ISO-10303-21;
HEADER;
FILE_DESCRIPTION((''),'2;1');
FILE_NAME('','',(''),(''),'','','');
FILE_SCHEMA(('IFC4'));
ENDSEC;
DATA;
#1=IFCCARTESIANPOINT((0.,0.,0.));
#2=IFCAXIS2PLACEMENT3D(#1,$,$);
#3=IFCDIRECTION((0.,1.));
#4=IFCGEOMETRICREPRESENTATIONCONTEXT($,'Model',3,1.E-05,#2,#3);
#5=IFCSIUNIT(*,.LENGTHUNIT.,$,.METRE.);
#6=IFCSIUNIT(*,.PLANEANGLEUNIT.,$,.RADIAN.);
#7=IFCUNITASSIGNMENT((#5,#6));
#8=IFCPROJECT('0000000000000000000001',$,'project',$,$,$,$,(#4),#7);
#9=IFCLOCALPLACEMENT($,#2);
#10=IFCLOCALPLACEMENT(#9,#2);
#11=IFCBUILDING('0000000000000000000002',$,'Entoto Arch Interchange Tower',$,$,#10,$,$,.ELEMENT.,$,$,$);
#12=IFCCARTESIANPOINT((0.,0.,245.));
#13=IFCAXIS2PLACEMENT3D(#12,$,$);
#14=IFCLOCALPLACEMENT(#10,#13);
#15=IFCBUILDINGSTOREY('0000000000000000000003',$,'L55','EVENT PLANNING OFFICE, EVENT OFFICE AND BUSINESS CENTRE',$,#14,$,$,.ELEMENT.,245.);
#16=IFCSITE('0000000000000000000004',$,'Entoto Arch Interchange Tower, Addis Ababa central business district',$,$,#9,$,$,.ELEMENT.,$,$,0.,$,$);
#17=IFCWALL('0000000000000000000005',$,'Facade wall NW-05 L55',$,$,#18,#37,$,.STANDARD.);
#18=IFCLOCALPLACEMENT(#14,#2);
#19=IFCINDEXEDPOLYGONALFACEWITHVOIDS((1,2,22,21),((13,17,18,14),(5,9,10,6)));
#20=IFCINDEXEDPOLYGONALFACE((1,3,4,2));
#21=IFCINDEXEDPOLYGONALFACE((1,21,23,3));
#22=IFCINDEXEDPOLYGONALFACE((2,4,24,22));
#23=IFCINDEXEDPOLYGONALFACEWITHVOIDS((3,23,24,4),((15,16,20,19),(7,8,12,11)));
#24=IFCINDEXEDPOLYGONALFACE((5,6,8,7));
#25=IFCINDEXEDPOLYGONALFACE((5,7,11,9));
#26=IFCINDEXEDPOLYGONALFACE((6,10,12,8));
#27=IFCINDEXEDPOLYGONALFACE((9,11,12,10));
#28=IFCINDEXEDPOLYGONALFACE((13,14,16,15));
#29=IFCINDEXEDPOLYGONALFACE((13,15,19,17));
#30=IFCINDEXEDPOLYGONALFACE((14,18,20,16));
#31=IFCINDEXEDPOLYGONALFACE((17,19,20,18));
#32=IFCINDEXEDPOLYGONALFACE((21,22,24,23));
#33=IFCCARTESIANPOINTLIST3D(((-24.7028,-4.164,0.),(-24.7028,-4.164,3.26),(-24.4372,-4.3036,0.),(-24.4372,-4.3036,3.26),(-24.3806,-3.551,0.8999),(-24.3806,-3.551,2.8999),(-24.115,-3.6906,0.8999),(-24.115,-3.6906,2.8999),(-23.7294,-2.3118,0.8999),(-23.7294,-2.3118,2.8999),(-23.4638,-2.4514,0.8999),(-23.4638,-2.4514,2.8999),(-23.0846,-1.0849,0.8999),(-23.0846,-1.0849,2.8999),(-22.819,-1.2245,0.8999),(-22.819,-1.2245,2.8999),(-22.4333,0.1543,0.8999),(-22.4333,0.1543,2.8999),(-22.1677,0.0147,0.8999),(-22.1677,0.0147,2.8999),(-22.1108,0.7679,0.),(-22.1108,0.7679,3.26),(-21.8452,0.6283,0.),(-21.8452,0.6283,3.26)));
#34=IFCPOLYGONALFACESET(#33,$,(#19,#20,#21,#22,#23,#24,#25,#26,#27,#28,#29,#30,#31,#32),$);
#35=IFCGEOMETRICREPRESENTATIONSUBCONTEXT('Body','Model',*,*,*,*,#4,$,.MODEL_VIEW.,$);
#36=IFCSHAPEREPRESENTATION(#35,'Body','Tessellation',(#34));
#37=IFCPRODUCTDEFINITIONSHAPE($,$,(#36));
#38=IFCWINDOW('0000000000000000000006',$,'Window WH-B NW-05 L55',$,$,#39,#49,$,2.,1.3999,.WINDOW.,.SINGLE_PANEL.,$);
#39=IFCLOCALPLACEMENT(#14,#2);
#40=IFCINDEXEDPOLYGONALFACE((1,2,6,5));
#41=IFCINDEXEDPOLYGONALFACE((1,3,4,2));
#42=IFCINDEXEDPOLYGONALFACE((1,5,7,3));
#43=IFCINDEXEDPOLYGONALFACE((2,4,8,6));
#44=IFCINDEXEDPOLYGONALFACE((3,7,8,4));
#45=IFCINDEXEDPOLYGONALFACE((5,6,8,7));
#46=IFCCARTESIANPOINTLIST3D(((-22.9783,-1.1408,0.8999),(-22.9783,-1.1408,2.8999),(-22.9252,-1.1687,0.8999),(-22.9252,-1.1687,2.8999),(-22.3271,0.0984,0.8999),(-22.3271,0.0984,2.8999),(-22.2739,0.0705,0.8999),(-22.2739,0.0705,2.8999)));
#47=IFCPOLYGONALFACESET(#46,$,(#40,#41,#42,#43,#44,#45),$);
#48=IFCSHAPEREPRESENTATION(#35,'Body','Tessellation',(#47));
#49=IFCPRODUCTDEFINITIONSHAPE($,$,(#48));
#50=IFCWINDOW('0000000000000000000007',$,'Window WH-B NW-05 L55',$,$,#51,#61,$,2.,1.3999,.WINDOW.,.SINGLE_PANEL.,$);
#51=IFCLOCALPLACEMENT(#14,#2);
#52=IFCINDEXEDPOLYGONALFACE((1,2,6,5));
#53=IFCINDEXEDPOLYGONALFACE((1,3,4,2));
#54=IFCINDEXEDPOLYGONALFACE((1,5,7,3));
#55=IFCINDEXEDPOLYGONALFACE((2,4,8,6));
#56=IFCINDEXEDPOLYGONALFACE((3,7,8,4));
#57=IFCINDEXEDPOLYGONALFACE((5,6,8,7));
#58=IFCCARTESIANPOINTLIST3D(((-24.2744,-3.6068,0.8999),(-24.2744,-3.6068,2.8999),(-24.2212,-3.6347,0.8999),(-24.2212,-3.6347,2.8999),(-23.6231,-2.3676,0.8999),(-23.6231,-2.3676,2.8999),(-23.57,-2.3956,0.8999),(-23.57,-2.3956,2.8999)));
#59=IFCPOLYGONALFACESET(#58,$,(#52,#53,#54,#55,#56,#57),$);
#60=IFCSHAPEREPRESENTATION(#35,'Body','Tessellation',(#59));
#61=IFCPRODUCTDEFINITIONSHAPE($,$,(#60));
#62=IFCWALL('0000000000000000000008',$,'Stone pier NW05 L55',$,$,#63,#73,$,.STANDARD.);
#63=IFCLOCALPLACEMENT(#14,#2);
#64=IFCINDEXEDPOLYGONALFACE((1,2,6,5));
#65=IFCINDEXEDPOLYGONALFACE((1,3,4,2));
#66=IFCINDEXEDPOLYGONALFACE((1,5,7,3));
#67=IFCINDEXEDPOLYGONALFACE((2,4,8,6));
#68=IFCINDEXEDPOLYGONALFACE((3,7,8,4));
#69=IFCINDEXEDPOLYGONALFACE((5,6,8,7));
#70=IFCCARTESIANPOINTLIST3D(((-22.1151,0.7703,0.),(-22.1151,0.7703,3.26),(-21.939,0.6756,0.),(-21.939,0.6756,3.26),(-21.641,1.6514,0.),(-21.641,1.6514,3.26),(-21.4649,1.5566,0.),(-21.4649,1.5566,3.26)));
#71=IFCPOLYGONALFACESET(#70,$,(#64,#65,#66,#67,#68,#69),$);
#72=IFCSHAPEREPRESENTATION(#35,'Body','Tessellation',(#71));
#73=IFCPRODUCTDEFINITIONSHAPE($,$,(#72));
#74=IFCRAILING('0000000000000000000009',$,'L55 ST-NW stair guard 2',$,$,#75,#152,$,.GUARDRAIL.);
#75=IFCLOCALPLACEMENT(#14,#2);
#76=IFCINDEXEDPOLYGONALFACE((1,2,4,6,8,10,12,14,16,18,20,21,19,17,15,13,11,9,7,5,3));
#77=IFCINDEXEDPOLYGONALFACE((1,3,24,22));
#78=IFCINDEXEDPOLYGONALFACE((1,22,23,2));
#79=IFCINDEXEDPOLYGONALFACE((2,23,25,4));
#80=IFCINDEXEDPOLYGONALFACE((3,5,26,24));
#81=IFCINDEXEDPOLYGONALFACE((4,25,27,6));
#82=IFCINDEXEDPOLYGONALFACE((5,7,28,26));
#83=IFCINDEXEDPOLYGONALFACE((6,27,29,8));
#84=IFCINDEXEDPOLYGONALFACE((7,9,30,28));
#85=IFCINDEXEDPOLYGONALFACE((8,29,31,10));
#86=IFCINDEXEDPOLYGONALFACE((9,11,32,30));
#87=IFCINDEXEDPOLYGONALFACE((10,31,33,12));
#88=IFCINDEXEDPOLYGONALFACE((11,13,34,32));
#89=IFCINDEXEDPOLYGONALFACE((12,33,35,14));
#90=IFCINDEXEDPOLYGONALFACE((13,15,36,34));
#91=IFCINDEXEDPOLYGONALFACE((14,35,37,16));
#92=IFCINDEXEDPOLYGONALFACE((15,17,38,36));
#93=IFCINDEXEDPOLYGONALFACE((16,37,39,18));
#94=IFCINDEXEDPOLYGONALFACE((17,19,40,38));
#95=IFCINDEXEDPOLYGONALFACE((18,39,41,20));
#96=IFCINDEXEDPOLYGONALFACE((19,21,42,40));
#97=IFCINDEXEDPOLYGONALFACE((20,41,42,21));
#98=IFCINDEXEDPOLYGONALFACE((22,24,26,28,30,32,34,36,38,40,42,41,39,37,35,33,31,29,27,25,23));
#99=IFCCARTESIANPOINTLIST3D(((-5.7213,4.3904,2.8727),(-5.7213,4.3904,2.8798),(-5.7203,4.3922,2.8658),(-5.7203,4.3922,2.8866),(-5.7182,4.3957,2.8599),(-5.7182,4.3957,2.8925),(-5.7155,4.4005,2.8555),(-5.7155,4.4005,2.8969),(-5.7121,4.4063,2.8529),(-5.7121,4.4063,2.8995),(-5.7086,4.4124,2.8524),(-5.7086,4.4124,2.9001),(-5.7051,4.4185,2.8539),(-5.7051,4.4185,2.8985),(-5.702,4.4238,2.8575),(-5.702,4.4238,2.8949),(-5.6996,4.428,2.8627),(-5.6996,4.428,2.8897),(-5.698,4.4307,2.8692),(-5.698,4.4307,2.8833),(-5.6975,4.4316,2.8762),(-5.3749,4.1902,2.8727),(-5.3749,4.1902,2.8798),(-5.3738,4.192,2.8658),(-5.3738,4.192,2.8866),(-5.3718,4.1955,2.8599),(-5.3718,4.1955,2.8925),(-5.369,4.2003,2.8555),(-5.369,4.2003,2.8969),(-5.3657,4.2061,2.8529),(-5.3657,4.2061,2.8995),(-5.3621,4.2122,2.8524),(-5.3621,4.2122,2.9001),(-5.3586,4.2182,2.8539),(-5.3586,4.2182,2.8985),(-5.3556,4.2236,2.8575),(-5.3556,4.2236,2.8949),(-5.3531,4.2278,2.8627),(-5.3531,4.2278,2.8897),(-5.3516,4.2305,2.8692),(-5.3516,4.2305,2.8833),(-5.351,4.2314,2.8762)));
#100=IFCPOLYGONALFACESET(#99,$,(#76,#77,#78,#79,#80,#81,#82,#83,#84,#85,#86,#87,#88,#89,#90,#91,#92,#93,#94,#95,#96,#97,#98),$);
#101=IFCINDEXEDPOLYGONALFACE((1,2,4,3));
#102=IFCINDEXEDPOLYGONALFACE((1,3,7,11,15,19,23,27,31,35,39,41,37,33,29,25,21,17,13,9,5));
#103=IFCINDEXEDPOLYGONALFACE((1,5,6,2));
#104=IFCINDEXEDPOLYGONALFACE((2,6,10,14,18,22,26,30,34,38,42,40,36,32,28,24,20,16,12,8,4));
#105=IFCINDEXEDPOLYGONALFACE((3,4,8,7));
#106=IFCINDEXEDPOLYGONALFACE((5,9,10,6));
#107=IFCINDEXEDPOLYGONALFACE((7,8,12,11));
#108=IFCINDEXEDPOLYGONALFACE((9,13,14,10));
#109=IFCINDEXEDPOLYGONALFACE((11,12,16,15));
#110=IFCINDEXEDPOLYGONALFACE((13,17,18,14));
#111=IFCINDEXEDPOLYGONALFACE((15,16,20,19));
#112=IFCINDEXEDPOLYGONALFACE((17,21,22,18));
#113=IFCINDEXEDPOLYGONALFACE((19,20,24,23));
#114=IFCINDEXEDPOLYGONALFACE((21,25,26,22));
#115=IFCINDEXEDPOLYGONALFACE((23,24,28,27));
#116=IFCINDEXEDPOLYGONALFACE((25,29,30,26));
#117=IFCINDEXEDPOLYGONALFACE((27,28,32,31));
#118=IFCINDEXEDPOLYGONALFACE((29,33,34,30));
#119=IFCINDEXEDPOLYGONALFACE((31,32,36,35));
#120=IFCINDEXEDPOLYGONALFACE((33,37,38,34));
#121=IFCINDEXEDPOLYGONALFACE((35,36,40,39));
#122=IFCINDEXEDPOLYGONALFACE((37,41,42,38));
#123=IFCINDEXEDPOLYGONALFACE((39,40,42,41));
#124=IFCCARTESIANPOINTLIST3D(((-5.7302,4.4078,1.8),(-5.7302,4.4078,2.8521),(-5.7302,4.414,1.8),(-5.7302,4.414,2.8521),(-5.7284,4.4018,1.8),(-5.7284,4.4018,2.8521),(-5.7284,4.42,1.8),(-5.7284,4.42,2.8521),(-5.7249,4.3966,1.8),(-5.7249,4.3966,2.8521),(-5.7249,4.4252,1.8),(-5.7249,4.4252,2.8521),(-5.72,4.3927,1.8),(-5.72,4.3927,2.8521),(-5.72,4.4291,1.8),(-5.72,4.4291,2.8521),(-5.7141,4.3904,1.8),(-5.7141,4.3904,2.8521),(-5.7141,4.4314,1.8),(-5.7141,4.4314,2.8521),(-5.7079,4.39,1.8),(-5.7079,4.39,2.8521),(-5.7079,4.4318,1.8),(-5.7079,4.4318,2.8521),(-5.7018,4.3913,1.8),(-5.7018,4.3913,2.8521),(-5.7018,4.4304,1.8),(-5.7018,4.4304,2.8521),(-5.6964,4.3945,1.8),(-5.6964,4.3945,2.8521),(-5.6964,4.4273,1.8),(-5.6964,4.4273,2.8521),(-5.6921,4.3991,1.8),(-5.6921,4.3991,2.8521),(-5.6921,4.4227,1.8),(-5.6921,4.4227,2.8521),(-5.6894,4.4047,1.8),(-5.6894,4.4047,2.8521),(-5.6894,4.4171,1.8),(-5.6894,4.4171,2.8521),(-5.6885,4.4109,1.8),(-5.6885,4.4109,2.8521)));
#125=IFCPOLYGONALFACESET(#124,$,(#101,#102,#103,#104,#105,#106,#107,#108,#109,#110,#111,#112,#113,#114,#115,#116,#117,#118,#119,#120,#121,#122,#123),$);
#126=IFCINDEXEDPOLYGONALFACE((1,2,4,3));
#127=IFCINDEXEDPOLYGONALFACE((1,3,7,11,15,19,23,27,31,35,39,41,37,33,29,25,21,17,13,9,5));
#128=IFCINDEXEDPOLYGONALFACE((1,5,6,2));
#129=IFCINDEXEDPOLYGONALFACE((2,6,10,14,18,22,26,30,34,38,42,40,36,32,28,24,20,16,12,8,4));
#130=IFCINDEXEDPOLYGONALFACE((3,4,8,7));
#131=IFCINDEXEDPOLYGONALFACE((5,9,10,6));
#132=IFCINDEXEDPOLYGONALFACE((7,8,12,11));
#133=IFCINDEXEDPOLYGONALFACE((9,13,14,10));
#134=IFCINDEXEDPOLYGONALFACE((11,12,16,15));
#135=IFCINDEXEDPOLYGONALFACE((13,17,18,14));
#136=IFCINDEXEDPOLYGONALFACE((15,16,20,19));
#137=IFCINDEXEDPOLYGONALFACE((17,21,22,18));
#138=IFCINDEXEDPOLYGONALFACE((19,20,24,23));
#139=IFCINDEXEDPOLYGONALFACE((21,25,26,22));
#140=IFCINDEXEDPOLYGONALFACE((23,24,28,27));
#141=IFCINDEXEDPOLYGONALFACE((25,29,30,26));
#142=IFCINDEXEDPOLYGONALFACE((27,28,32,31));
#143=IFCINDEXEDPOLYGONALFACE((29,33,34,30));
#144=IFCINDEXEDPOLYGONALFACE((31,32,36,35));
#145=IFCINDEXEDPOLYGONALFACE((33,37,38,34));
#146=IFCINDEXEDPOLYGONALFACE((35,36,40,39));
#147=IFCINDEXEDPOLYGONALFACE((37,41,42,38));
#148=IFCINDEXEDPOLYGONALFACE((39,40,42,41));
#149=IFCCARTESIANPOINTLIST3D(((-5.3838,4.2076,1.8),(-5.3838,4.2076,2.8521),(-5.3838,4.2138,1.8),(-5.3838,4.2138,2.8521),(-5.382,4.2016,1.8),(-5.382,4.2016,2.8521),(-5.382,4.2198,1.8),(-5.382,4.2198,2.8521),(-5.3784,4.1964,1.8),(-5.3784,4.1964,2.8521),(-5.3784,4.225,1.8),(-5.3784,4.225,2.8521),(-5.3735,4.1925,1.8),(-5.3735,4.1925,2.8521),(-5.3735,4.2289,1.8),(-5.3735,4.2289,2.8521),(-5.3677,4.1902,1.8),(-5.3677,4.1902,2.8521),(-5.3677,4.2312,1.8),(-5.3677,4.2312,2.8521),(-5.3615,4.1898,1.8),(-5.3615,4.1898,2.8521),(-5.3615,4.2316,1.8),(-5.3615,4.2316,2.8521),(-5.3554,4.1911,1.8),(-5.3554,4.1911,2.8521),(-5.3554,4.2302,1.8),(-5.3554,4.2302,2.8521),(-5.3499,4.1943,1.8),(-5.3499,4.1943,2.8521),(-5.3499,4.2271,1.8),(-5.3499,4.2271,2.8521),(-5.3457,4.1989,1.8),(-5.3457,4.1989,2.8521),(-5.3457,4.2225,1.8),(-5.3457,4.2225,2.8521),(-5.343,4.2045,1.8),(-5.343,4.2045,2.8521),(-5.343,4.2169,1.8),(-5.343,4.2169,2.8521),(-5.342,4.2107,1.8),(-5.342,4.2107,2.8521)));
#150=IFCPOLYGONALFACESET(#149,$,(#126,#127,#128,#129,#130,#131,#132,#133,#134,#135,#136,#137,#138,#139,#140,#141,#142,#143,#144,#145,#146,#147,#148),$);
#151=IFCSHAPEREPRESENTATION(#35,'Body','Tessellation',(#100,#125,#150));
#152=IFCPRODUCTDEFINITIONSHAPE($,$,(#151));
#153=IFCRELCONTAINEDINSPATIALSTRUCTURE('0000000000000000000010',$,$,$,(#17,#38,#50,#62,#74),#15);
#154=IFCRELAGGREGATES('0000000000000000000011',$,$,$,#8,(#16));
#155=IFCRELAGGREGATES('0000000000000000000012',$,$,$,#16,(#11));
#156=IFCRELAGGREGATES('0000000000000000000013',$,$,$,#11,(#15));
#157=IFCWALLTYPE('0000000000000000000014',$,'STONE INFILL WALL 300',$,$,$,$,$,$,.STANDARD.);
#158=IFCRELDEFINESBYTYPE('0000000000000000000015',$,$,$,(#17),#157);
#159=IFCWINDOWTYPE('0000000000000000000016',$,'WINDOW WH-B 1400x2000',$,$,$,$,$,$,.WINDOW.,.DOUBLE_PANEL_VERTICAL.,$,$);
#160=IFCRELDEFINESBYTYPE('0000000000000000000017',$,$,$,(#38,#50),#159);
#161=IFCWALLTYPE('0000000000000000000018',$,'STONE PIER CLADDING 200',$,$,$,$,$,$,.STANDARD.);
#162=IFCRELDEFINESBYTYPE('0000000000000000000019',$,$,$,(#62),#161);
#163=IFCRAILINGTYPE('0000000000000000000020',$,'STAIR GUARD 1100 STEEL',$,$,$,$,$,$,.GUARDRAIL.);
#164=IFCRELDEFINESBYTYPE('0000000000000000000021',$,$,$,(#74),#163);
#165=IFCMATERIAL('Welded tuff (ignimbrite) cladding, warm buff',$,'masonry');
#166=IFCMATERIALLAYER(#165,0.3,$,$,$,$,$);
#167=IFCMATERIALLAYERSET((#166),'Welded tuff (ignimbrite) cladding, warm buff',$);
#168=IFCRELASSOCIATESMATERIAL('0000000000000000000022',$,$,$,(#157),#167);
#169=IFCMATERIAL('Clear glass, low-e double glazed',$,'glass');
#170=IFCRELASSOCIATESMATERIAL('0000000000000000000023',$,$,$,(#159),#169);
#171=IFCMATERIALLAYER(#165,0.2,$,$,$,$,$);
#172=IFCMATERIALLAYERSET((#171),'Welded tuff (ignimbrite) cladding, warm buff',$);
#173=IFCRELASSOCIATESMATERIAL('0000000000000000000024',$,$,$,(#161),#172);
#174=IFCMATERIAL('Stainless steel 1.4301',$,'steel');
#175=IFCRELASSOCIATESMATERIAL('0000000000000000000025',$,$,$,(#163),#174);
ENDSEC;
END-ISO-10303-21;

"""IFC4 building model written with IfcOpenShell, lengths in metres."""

from ifc_helpers import new_model, si_unit, direction, frame, frame_2d, origin, origin_2d, place, context, subcontext, project, spatial, rectangle, circle, extrude, material, layer, layer_set, type_object, element, fill, save


model = new_model("IFC4")

# Units and contexts
model_context = context("Model", 3, precision=1e-05, world=origin(), true_north=direction((0.0, 1.0)))
body_context = subcontext(model_context, "Body", "Model", "MODEL_VIEW")
ifc_project = project(units=[si_unit("LENGTHUNIT", "METRE"), si_unit("PLANEANGLEUNIT", "RADIAN")], contexts=[model_context])

# Site, building, storey
site_placement = place(None, origin())
site = spatial("IfcSite", under=ifc_project, at=site_placement, Name="Entoto Arch Interchange Tower, Addis Ababa central business district", CompositionType="ELEMENT", RefElevation=0.0)
building_placement = place(site_placement, origin())
building = spatial("IfcBuilding", under=site, at=building_placement, Name="Entoto Arch Interchange Tower", CompositionType="ELEMENT")
storey_placement = place(building_placement, frame((0.0, 0.0, 245.0)))
storey = spatial("IfcBuildingStorey", under=building, at=storey_placement, Name="L55", Description="EVENT PLANNING OFFICE, EVENT OFFICE AND BUSINESS CENTRE", CompositionType="ELEMENT", Elevation=245.0)

# Wall, openings, windows
ifc_material_1 = material(Name="Welded tuff (ignimbrite) cladding, warm buff", Category="masonry")
ifc_layer_1 = layer(ifc_material_1, 0.3)
ifc_layer_set_1 = layer_set([ifc_layer_1], Name="Welded tuff (ignimbrite) cladding, warm buff")
wall_type_1 = type_object("IfcWallType", Name="STONE INFILL WALL 300", PredefinedType="STANDARD", material=ifc_layer_set_1)
ifc_material_2 = material(Name="Clear glass, low-e double glazed", Category="glass")
window_type = type_object("IfcWindowType", Name="WINDOW WH-B 1400x2000", PartitioningType="DOUBLE_PANEL_VERTICAL", PredefinedType="WINDOW", material=ifc_material_2)
wall_1_placement = place(storey_placement, frame((-21.978, 0.698, 0.0), z_axis=(0.0, 0.0, 1.0), x_axis=(-0.465228, -0.885191, 0.0)))
wall_1 = element("IfcWall", 1, at=wall_1_placement, inside=storey, type_object=wall_type_1, Name="Facade wall NW-05 L55", PredefinedType="STANDARD", context=body_context, shape_type="SweptSolid", body=[
    extrude(rectangle(XDim=5.5715, YDim=0.3, at=frame_2d((2.7856, 0.0))), origin(), (0.0, 0.0, 1.0), 3.26),
])
opening_1_placement = place(wall_1_placement, frame((0.6931, 0.0, 0.8999)))
opening_1 = element("IfcOpeningElement", 2, at=opening_1_placement, cuts=wall_1, PredefinedType="OPENING", context=body_context, shape_type="SweptSolid", body=[
    extrude(rectangle(XDim=1.3999, YDim=2.0, at=frame_2d((0.7, 1.0))), frame((0.0, 0.1602, 0.0), z_axis=(0.0, -1.0, 0.0), x_axis=(1.0, 0.0, 0.0)), (0.0, 0.0, 1.0), 0.3201),
])
opening_2_placement = place(wall_1_placement, frame((3.479, 0.0, 0.8999)))
opening_2 = element("IfcOpeningElement", 3, at=opening_2_placement, cuts=wall_1, PredefinedType="OPENING", context=body_context, shape_type="SweptSolid", body=[
    extrude(rectangle(XDim=1.3999, YDim=2.0, at=frame_2d((0.7, 1.0))), frame((0.0, 0.1602, 0.0), z_axis=(0.0, -1.0, 0.0), x_axis=(1.0, 0.0, 0.0)), (0.0, 0.0, 1.0), 0.3201),
])
window_1_placement = place(opening_1_placement, origin())
window_1 = element("IfcWindow", 4, at=window_1_placement, inside=storey, type_object=window_type, Name="Window WH-B NW-05 L55", OverallHeight=2.0, OverallWidth=1.3999, PartitioningType="SINGLE_PANEL", PredefinedType="WINDOW", context=body_context, shape_type="SweptSolid", body=[
    extrude(rectangle(XDim=1.3999, YDim=2.0, at=frame_2d((0.7, 1.0))), frame((0.0, 0.03, 0.0), z_axis=(0.0, -1.0, 0.0), x_axis=(1.0, 0.0, 0.0)), (0.0, 0.0, 1.0), 0.0601),
])
fill(opening_1, window_1)
window_2_placement = place(opening_2_placement, origin())
window_2 = element("IfcWindow", 5, at=window_2_placement, inside=storey, type_object=window_type, Name="Window WH-B NW-05 L55", OverallHeight=2.0, OverallWidth=1.3999, PartitioningType="SINGLE_PANEL", PredefinedType="WINDOW", context=body_context, shape_type="SweptSolid", body=[
    extrude(rectangle(XDim=1.3999, YDim=2.0, at=frame_2d((0.7, 1.0))), frame((0.0, 0.03, 0.0), z_axis=(0.0, -1.0, 0.0), x_axis=(1.0, 0.0, 0.0)), (0.0, 0.0, 1.0), 0.0601),
])
fill(opening_2, window_2)

# Wall
ifc_layer_2 = layer(ifc_material_1, 0.2)
ifc_layer_set_2 = layer_set([ifc_layer_2], Name="Welded tuff (ignimbrite) cladding, warm buff")
wall_type_2 = type_object("IfcWallType", Name="STONE PIER CLADDING 200", PredefinedType="STANDARD", material=ifc_layer_set_2)
wall_2_placement = place(storey_placement, frame((-21.553, 1.604, 0.0), z_axis=(0.0, 0.0, 1.0), x_axis=(-0.473852, -0.880604, 0.0)))
element("IfcWall", 6, at=wall_2_placement, inside=storey, type_object=wall_type_2, Name="Stone pier NW05 L55", PredefinedType="STANDARD", context=body_context, shape_type="SweptSolid", body=[
    extrude(rectangle(XDim=1.0005, YDim=0.2, at=frame_2d((0.5002, 0.0))), origin(), (0.0, 0.0, 1.0), 3.26),
])

# Railing
ifc_material_3 = material(Name="Stainless steel 1.4301", Category="steel")
railing_type = type_object("IfcRailingType", Name="STAIR GUARD 1100 STEEL", PredefinedType="GUARDRAIL", material=ifc_material_3)
railing_placement = place(storey_placement, frame((-5.7095, 4.4109, 1.8)))
element("IfcRailing", 7, at=railing_placement, inside=storey, type_object=railing_type, Name="L55 ST-NW stair guard 2", PredefinedType="GUARDRAIL", context=body_context, shape_type="SweptSolid", body=[
    extrude(circle(Radius=0.0239, at=origin_2d()), frame((0.0, 0.0, 1.0762), z_axis=(0.86583, -0.500339, 0.0), x_axis=(0.500339, 0.86583, 0.0)), (0.0, 0.0, 1.0), 0.4001),
    extrude(circle(Radius=0.021, at=origin_2d()), origin(), (0.0, 0.0, 1.0), 1.052),
    extrude(circle(Radius=0.021, at=origin_2d()), frame((0.3464, -0.2002, 0.0)), (0.0, 0.0, 1.0), 1.052),
])

save(model, "model.ifc")
